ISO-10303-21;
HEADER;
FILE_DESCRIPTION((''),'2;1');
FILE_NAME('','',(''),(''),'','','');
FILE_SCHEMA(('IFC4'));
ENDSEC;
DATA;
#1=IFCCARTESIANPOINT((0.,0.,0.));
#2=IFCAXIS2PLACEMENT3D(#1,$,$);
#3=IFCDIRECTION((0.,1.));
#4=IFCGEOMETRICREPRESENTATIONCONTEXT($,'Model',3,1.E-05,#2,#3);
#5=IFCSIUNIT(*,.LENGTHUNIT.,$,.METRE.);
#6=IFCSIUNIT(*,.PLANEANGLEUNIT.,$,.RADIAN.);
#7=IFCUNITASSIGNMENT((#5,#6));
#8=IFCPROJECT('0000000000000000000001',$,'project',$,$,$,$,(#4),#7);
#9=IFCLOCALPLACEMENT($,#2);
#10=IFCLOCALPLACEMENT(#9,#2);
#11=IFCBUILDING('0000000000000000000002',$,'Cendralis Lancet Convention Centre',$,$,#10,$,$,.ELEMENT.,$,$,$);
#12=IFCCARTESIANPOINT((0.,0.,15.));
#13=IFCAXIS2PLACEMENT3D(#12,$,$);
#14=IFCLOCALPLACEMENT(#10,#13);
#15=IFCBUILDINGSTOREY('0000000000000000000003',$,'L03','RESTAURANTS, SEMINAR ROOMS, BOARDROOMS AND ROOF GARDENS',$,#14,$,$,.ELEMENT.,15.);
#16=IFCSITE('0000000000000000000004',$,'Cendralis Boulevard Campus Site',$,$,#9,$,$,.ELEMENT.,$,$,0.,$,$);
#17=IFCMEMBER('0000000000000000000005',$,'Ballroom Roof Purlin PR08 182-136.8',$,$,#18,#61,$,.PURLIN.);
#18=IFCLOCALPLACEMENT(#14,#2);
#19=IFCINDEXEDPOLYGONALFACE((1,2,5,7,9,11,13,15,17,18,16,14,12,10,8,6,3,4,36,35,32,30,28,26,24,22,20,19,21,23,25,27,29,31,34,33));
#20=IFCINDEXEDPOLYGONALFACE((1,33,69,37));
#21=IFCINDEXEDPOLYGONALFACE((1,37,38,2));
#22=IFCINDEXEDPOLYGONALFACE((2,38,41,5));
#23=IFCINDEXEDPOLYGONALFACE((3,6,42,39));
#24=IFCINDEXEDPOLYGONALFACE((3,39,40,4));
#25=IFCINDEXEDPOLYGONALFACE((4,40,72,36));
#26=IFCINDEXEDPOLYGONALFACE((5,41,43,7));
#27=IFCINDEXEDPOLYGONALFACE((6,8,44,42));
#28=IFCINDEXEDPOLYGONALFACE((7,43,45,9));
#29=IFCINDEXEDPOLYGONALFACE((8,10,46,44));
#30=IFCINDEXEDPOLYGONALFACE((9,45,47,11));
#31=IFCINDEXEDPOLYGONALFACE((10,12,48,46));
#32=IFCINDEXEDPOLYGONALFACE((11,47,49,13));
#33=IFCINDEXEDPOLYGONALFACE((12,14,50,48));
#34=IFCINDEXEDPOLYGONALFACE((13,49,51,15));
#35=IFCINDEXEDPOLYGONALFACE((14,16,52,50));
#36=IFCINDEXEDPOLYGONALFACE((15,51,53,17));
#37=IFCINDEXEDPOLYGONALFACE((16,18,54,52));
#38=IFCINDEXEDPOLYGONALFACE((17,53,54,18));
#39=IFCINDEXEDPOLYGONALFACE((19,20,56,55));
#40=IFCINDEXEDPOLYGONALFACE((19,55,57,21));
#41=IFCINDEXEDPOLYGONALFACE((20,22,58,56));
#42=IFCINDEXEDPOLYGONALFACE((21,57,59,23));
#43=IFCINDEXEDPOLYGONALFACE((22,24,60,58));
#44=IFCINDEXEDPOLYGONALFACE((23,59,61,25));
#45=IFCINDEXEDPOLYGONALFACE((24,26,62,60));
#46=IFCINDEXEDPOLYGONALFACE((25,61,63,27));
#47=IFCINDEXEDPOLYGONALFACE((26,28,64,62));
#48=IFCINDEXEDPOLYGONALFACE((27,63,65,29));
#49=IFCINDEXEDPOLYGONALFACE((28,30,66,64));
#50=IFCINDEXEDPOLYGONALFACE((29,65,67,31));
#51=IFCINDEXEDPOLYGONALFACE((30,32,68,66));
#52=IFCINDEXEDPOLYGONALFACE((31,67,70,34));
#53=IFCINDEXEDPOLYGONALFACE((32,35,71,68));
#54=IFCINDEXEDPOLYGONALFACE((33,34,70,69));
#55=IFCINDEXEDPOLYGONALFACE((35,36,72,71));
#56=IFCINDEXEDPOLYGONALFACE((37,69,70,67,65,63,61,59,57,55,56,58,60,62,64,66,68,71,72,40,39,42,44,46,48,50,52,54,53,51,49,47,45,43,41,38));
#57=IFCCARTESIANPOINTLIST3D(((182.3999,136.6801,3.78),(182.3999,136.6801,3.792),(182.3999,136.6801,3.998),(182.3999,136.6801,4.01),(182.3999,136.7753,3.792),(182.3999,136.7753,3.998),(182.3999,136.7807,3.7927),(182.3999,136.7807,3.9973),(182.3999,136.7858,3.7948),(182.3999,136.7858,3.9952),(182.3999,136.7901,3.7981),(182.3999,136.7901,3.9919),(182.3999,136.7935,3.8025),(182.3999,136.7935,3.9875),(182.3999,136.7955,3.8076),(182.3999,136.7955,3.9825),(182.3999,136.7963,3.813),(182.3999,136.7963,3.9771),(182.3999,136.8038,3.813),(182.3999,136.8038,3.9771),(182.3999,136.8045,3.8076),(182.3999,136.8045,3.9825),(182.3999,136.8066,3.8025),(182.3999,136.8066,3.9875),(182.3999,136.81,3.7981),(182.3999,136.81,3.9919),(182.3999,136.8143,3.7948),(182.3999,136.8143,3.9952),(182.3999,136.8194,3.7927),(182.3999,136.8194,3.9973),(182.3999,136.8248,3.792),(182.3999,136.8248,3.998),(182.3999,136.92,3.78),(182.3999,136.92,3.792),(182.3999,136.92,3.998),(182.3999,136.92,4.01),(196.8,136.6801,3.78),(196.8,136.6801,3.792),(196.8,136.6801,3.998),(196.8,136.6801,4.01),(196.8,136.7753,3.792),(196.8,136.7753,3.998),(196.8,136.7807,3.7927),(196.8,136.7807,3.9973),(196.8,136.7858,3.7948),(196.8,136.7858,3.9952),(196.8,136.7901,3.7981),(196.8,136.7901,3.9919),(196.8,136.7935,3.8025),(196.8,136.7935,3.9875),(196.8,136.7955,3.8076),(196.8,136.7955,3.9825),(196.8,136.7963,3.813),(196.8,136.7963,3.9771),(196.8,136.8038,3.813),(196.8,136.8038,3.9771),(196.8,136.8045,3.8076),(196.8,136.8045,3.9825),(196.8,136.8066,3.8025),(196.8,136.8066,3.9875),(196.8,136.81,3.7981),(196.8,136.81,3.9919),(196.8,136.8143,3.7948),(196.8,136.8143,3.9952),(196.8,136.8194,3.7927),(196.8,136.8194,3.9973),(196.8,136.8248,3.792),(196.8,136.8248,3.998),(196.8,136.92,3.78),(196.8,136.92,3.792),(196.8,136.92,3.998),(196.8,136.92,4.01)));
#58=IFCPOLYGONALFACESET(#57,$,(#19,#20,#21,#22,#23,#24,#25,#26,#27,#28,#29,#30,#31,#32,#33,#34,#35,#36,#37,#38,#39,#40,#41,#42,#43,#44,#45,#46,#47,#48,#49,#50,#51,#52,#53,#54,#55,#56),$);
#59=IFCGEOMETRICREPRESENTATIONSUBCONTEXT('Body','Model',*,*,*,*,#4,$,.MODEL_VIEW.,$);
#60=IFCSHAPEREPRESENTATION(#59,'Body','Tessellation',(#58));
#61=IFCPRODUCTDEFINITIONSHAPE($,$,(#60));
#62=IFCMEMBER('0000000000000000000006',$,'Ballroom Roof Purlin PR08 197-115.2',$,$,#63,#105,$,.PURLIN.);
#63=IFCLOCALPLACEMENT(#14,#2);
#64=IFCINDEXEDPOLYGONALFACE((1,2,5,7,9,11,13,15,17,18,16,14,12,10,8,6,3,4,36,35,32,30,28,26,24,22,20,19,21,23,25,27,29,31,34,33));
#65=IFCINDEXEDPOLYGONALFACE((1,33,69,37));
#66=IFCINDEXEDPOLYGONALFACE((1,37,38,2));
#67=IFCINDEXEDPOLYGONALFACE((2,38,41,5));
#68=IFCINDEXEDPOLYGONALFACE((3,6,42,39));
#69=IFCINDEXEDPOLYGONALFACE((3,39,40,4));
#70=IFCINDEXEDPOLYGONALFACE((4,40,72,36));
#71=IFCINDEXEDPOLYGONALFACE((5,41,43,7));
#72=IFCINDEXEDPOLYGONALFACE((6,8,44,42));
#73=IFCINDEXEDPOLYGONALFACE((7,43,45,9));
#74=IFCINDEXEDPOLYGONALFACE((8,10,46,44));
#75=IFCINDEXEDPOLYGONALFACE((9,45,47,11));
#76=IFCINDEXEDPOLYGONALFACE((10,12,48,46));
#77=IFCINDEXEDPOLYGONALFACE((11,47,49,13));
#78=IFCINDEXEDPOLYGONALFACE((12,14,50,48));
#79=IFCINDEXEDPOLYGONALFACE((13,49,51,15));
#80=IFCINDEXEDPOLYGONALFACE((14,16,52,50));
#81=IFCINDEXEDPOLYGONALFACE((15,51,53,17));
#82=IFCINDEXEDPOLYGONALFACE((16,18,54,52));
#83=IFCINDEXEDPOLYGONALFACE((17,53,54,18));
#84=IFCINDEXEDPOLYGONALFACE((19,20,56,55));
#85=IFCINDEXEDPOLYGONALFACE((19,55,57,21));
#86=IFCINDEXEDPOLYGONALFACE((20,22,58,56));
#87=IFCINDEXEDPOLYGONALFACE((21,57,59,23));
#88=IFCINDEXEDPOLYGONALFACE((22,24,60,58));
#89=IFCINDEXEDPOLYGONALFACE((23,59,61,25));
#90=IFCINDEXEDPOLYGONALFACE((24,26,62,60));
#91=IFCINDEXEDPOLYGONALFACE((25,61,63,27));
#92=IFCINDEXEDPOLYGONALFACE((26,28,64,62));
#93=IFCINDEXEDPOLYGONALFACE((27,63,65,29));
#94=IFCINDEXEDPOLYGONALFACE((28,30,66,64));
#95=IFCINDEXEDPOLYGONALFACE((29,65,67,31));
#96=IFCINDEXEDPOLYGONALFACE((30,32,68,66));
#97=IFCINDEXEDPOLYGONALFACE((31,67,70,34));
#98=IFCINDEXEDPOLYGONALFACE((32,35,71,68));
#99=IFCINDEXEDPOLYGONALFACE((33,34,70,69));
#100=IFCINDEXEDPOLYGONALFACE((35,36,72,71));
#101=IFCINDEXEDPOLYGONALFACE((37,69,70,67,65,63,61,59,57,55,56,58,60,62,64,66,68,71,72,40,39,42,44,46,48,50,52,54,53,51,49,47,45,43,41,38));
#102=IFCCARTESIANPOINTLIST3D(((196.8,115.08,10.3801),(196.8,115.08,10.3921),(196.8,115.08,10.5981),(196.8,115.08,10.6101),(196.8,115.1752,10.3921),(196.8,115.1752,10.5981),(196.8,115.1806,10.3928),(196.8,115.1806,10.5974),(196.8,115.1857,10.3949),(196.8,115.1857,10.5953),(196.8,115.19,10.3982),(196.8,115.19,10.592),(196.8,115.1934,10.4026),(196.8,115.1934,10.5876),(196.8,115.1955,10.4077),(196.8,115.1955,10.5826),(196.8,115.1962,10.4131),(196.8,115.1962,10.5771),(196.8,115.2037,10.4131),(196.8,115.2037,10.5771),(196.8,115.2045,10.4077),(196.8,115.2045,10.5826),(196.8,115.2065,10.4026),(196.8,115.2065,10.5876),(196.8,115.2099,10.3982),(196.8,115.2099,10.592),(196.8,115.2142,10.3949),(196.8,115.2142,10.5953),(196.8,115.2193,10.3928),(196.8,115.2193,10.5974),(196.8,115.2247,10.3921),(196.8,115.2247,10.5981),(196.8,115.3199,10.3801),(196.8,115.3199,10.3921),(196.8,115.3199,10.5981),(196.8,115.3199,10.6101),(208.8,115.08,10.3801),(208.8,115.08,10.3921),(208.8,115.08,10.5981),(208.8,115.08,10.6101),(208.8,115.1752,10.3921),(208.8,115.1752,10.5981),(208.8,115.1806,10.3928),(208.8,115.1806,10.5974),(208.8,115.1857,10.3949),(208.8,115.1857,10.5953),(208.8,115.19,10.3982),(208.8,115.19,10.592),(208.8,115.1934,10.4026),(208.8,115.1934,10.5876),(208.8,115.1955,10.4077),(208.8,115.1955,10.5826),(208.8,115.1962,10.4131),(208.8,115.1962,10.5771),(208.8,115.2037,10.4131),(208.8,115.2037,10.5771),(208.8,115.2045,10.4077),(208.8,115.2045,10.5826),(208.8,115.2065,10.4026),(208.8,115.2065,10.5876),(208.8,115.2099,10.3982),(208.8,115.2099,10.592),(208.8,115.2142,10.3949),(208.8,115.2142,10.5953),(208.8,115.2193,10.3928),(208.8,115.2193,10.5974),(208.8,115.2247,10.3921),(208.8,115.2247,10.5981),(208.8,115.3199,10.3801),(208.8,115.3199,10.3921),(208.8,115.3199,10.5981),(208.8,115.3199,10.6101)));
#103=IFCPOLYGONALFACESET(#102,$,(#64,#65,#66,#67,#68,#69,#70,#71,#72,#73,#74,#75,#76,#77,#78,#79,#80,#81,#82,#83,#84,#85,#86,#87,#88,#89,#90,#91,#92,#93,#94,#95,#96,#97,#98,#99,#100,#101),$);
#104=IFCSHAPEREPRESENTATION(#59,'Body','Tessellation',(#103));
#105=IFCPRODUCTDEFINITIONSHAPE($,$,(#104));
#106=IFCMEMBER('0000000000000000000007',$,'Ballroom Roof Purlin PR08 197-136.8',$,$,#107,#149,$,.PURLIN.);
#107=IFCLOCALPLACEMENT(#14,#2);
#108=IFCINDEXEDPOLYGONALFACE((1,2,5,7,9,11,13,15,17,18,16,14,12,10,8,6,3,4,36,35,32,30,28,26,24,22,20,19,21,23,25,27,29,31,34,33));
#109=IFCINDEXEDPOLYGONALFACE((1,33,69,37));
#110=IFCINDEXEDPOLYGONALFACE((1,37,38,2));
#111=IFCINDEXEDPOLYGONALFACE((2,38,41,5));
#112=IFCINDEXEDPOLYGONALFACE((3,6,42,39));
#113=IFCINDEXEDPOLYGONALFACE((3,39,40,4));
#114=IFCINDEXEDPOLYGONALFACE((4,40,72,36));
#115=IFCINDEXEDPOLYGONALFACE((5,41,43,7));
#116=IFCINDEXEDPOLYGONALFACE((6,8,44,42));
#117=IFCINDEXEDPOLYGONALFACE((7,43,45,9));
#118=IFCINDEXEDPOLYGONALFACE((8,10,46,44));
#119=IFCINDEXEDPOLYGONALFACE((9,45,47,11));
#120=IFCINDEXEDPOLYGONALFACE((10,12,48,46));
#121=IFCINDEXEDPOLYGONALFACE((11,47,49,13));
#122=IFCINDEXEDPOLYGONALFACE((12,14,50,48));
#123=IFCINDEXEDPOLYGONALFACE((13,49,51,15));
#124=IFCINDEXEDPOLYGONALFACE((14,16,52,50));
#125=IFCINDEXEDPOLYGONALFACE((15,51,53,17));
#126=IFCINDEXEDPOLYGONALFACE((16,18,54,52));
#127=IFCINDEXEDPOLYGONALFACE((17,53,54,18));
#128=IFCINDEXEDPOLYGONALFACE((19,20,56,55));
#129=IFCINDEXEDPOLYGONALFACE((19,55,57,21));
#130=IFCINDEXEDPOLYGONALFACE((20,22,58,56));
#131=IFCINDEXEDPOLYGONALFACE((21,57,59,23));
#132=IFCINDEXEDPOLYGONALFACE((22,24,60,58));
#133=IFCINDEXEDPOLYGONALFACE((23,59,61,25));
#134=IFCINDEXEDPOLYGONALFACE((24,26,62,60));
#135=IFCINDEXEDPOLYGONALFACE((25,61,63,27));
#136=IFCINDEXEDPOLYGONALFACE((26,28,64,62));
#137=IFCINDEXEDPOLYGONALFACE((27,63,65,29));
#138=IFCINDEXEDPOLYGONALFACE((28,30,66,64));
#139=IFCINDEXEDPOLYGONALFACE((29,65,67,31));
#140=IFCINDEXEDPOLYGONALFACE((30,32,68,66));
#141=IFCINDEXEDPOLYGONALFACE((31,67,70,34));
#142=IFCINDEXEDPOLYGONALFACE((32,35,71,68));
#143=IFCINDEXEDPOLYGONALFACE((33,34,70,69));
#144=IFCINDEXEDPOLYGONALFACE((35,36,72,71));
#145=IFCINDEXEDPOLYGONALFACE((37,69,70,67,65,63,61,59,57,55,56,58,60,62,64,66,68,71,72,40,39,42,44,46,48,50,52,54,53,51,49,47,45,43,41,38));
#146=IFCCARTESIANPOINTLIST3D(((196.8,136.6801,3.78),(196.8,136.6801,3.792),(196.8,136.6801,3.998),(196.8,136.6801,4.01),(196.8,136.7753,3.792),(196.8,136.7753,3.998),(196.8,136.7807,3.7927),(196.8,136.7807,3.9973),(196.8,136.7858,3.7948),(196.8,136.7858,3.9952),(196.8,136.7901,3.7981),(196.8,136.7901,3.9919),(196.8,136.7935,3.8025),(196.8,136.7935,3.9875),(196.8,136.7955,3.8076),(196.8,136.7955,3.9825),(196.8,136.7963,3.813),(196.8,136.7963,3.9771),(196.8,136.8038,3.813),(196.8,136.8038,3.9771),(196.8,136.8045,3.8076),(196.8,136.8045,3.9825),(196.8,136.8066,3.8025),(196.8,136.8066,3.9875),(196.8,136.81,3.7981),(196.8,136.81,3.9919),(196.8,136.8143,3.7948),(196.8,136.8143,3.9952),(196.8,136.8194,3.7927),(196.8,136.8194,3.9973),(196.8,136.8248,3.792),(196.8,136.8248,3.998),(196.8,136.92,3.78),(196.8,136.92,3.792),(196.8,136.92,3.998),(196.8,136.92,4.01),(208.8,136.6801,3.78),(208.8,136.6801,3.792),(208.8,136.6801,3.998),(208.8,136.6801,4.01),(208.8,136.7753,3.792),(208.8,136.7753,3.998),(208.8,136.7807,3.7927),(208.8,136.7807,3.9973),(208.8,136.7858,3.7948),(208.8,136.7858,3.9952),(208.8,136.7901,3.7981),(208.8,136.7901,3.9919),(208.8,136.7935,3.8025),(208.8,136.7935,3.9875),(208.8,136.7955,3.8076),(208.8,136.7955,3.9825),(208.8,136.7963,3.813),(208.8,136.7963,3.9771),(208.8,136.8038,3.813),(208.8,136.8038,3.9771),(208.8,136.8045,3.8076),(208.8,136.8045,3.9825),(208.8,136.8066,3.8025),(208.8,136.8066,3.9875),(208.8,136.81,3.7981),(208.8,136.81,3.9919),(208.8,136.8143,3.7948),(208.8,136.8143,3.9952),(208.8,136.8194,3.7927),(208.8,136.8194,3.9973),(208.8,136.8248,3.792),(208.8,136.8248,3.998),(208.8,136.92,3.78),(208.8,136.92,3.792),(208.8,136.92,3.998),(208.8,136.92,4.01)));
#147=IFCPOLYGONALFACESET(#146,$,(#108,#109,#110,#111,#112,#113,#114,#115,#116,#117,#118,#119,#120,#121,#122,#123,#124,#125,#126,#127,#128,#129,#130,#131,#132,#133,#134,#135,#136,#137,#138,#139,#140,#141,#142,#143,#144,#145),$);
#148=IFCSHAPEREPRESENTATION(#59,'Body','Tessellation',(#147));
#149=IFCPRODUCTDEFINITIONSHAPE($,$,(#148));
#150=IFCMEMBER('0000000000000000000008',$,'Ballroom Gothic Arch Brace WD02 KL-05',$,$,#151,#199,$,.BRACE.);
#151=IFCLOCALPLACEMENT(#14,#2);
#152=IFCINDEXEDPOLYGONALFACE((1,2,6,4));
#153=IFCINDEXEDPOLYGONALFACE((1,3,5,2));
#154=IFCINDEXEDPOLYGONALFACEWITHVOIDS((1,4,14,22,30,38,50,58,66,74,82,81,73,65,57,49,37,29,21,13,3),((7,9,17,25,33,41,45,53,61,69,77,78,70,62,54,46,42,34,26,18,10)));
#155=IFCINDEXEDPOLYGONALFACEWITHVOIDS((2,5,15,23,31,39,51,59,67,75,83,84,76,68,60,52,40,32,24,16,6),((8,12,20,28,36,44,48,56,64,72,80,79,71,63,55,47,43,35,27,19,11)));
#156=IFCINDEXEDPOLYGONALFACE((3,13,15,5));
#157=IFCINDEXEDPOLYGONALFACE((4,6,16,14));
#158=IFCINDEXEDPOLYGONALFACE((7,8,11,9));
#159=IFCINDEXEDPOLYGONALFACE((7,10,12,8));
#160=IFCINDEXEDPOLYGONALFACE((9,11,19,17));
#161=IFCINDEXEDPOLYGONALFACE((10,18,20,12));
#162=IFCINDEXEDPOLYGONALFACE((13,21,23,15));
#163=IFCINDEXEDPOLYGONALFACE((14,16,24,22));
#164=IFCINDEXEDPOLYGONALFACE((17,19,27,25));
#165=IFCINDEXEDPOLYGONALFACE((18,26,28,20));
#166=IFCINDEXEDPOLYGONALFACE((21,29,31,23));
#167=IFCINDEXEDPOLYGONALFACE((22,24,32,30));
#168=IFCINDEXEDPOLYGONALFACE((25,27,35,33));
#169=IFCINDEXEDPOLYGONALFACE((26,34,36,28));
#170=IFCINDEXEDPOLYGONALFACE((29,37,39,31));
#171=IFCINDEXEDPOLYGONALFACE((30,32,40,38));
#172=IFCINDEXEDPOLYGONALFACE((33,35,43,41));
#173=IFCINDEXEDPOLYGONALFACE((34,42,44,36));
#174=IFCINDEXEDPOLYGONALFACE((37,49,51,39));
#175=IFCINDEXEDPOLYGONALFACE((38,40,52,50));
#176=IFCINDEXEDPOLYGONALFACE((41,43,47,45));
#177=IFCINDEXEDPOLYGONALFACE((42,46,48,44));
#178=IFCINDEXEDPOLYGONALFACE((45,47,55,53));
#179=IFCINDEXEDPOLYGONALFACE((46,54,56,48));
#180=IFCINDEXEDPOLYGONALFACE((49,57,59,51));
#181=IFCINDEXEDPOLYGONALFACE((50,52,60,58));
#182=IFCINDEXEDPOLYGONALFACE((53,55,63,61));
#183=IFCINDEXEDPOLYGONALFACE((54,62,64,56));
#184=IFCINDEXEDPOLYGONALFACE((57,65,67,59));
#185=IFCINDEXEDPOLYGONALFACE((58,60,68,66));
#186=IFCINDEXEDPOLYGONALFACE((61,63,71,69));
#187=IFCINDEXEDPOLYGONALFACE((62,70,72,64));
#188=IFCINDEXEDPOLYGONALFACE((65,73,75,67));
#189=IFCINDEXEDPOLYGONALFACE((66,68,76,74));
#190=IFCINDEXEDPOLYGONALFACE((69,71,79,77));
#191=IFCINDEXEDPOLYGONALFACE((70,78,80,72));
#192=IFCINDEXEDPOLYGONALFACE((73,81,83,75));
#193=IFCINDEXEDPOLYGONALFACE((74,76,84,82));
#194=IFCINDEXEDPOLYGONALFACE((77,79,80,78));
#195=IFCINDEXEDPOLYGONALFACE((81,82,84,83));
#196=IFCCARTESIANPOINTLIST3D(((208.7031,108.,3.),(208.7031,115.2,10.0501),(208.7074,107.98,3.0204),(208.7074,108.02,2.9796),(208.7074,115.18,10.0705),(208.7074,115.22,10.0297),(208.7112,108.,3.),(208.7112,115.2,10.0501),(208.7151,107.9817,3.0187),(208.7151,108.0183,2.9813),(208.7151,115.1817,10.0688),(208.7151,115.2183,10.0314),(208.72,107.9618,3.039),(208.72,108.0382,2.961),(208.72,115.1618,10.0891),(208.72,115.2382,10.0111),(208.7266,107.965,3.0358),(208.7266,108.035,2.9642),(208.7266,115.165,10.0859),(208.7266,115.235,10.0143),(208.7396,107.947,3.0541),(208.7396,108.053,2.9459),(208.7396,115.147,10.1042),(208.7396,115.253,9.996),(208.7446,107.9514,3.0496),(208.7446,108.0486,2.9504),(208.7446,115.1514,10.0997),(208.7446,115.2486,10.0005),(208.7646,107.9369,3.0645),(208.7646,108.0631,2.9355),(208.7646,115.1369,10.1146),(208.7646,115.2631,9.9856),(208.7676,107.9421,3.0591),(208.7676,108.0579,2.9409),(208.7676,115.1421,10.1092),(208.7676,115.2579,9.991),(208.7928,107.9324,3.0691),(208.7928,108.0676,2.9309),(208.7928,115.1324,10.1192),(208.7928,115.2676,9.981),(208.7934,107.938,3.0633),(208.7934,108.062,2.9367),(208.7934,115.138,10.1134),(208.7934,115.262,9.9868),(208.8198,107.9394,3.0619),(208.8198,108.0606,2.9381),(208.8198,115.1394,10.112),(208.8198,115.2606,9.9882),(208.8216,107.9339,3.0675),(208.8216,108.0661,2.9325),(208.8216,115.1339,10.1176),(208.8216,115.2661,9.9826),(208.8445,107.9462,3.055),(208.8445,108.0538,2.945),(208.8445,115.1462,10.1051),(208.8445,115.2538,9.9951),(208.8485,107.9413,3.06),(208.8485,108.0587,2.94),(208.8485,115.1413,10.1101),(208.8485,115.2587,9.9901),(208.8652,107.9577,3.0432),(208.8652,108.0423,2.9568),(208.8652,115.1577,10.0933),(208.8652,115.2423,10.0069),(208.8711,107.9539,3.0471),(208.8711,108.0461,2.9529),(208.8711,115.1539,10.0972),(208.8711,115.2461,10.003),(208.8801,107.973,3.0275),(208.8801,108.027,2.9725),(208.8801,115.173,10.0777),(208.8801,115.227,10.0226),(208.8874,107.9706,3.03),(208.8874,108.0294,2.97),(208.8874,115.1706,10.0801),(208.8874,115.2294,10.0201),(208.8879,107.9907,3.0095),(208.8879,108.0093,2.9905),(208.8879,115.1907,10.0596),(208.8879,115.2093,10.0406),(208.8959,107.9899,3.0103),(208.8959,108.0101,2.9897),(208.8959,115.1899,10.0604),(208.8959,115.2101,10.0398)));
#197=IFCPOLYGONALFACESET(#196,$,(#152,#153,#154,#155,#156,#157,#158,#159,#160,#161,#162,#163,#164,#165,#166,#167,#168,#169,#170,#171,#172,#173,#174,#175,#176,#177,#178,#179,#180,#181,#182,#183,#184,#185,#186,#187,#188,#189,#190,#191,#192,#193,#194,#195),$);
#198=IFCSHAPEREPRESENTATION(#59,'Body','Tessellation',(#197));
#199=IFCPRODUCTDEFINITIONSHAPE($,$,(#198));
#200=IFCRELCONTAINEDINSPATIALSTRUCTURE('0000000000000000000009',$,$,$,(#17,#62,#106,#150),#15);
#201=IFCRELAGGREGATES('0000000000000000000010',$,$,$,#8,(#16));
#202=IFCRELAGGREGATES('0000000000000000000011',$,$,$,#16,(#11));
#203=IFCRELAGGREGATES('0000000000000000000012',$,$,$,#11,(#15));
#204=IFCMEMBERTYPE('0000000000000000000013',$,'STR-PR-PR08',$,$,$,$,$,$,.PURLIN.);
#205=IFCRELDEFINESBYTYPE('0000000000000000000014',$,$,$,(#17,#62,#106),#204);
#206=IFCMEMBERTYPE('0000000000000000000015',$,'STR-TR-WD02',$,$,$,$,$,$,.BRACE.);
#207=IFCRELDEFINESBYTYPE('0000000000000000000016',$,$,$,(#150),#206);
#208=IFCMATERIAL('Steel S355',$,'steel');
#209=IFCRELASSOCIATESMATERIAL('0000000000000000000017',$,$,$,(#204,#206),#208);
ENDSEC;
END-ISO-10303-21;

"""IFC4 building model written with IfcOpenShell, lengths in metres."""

from ifc_helpers import new_model, si_unit, direction, frame, origin, origin_2d, place, context, subcontext, project, spatial, hollow_circle, i_section, extrude, material, material_profile, profile_set, type_object, element, save


model = new_model("IFC4")

# Units and contexts
model_context = context("Model", 3, precision=1e-05, world=origin(), true_north=direction((0.0, 1.0)))
body_context = subcontext(model_context, "Body", "Model", "MODEL_VIEW")
ifc_project = project(units=[si_unit("LENGTHUNIT", "METRE"), si_unit("PLANEANGLEUNIT", "RADIAN")], contexts=[model_context])

# Site, building, storey
site_placement = place(None, origin())
site = spatial("IfcSite", under=ifc_project, at=site_placement, Name="Cendralis Boulevard Campus Site", CompositionType="ELEMENT", RefElevation=0.0)
building_placement = place(site_placement, origin())
building = spatial("IfcBuilding", under=site, at=building_placement, Name="Cendralis Lancet Convention Centre", CompositionType="ELEMENT")
storey_placement = place(building_placement, frame((0.0, 0.0, 15.0)))
storey = spatial("IfcBuildingStorey", under=building, at=storey_placement, Name="L03", Description="RESTAURANTS, SEMINAR ROOMS, BOARDROOMS AND ROOF GARDENS", CompositionType="ELEMENT", Elevation=15.0)

# Shared definitions
ifc_material = material(Name="Steel S355", Category="steel")

# Members
ifc_material_profile_1 = material_profile(ifc_material, i_section(OverallWidth=0.24, OverallDepth=0.23, WebThickness=0.0076, FlangeThickness=0.012, FilletRadius=0.021, at=origin_2d()), Name="HEA 240")
ifc_profile_set_1 = profile_set([ifc_material_profile_1], Name="Steel S355")
member_type_1 = type_object("IfcMemberType", Name="STR-PR-PR08", PredefinedType="PURLIN", material=ifc_profile_set_1)
for number, where, z_axis, x_axis, name in (
    (1, (182.3999, 136.8, 3.895), (1.0, 0.0, 0.0), (0.0, 1.0, 0.0), "Ballroom Roof Purlin PR08 182-136.8"),
):
    element("IfcMember", number, at=place(storey_placement, frame(where, z_axis=z_axis, x_axis=x_axis)), inside=storey, type_object=member_type_1, Name=name, PredefinedType="PURLIN", context=body_context, shape_type="SweptSolid", body=[
        extrude(i_section(OverallWidth=0.24, OverallDepth=0.23, WebThickness=0.0076, FlangeThickness=0.012, FilletRadius=0.021, at=origin_2d()), origin(), (0.0, 0.0, 1.0), 14.4001),
    ])
for number, where, z_axis, x_axis, name in (
    (2, (196.8, 115.2, 10.4951), (1.0, 0.0, 0.0), (0.0, 1.0, 0.0), "Ballroom Roof Purlin PR08 197-115.2"),
    (3, (196.8, 136.8, 3.895), (1.0, 0.0, 0.0), (0.0, 1.0, 0.0), "Ballroom Roof Purlin PR08 197-136.8"),
):
    element("IfcMember", number, at=place(storey_placement, frame(where, z_axis=z_axis, x_axis=x_axis)), inside=storey, type_object=member_type_1, Name=name, PredefinedType="PURLIN", context=body_context, shape_type="SweptSolid", body=[
        extrude(i_section(OverallWidth=0.24, OverallDepth=0.23, WebThickness=0.0076, FlangeThickness=0.012, FilletRadius=0.021, at=origin_2d()), origin(), (0.0, 0.0, 1.0), 12.0),
    ])
ifc_material_profile_2 = material_profile(ifc_material, hollow_circle(Radius=0.0969, WallThickness=0.0081, at=origin_2d()), Name="CHS 193.7x8.0")
ifc_profile_set_2 = profile_set([ifc_material_profile_2], Name="Steel S355")
member_type_2 = type_object("IfcMemberType", Name="STR-TR-WD02", PredefinedType="BRACE", material=ifc_profile_set_2)
for number, where, z_axis, x_axis, name in (
    (4, (208.8, 108.0, 3.0), (0.0, 0.714506, 0.69963), (-1.0, 0.0, 0.0), "Ballroom Gothic Arch Brace WD02 KL-05"),
):
    element("IfcMember", number, at=place(storey_placement, frame(where, z_axis=z_axis, x_axis=x_axis)), inside=storey, type_object=member_type_2, Name=name, PredefinedType="BRACE", context=body_context, shape_type="SweptSolid", body=[
        extrude(hollow_circle(Radius=0.0969, WallThickness=0.0081, at=origin_2d()), origin(), (0.0, 0.0, 1.0), 10.0769),
    ])

save(model, "model.ifc")
